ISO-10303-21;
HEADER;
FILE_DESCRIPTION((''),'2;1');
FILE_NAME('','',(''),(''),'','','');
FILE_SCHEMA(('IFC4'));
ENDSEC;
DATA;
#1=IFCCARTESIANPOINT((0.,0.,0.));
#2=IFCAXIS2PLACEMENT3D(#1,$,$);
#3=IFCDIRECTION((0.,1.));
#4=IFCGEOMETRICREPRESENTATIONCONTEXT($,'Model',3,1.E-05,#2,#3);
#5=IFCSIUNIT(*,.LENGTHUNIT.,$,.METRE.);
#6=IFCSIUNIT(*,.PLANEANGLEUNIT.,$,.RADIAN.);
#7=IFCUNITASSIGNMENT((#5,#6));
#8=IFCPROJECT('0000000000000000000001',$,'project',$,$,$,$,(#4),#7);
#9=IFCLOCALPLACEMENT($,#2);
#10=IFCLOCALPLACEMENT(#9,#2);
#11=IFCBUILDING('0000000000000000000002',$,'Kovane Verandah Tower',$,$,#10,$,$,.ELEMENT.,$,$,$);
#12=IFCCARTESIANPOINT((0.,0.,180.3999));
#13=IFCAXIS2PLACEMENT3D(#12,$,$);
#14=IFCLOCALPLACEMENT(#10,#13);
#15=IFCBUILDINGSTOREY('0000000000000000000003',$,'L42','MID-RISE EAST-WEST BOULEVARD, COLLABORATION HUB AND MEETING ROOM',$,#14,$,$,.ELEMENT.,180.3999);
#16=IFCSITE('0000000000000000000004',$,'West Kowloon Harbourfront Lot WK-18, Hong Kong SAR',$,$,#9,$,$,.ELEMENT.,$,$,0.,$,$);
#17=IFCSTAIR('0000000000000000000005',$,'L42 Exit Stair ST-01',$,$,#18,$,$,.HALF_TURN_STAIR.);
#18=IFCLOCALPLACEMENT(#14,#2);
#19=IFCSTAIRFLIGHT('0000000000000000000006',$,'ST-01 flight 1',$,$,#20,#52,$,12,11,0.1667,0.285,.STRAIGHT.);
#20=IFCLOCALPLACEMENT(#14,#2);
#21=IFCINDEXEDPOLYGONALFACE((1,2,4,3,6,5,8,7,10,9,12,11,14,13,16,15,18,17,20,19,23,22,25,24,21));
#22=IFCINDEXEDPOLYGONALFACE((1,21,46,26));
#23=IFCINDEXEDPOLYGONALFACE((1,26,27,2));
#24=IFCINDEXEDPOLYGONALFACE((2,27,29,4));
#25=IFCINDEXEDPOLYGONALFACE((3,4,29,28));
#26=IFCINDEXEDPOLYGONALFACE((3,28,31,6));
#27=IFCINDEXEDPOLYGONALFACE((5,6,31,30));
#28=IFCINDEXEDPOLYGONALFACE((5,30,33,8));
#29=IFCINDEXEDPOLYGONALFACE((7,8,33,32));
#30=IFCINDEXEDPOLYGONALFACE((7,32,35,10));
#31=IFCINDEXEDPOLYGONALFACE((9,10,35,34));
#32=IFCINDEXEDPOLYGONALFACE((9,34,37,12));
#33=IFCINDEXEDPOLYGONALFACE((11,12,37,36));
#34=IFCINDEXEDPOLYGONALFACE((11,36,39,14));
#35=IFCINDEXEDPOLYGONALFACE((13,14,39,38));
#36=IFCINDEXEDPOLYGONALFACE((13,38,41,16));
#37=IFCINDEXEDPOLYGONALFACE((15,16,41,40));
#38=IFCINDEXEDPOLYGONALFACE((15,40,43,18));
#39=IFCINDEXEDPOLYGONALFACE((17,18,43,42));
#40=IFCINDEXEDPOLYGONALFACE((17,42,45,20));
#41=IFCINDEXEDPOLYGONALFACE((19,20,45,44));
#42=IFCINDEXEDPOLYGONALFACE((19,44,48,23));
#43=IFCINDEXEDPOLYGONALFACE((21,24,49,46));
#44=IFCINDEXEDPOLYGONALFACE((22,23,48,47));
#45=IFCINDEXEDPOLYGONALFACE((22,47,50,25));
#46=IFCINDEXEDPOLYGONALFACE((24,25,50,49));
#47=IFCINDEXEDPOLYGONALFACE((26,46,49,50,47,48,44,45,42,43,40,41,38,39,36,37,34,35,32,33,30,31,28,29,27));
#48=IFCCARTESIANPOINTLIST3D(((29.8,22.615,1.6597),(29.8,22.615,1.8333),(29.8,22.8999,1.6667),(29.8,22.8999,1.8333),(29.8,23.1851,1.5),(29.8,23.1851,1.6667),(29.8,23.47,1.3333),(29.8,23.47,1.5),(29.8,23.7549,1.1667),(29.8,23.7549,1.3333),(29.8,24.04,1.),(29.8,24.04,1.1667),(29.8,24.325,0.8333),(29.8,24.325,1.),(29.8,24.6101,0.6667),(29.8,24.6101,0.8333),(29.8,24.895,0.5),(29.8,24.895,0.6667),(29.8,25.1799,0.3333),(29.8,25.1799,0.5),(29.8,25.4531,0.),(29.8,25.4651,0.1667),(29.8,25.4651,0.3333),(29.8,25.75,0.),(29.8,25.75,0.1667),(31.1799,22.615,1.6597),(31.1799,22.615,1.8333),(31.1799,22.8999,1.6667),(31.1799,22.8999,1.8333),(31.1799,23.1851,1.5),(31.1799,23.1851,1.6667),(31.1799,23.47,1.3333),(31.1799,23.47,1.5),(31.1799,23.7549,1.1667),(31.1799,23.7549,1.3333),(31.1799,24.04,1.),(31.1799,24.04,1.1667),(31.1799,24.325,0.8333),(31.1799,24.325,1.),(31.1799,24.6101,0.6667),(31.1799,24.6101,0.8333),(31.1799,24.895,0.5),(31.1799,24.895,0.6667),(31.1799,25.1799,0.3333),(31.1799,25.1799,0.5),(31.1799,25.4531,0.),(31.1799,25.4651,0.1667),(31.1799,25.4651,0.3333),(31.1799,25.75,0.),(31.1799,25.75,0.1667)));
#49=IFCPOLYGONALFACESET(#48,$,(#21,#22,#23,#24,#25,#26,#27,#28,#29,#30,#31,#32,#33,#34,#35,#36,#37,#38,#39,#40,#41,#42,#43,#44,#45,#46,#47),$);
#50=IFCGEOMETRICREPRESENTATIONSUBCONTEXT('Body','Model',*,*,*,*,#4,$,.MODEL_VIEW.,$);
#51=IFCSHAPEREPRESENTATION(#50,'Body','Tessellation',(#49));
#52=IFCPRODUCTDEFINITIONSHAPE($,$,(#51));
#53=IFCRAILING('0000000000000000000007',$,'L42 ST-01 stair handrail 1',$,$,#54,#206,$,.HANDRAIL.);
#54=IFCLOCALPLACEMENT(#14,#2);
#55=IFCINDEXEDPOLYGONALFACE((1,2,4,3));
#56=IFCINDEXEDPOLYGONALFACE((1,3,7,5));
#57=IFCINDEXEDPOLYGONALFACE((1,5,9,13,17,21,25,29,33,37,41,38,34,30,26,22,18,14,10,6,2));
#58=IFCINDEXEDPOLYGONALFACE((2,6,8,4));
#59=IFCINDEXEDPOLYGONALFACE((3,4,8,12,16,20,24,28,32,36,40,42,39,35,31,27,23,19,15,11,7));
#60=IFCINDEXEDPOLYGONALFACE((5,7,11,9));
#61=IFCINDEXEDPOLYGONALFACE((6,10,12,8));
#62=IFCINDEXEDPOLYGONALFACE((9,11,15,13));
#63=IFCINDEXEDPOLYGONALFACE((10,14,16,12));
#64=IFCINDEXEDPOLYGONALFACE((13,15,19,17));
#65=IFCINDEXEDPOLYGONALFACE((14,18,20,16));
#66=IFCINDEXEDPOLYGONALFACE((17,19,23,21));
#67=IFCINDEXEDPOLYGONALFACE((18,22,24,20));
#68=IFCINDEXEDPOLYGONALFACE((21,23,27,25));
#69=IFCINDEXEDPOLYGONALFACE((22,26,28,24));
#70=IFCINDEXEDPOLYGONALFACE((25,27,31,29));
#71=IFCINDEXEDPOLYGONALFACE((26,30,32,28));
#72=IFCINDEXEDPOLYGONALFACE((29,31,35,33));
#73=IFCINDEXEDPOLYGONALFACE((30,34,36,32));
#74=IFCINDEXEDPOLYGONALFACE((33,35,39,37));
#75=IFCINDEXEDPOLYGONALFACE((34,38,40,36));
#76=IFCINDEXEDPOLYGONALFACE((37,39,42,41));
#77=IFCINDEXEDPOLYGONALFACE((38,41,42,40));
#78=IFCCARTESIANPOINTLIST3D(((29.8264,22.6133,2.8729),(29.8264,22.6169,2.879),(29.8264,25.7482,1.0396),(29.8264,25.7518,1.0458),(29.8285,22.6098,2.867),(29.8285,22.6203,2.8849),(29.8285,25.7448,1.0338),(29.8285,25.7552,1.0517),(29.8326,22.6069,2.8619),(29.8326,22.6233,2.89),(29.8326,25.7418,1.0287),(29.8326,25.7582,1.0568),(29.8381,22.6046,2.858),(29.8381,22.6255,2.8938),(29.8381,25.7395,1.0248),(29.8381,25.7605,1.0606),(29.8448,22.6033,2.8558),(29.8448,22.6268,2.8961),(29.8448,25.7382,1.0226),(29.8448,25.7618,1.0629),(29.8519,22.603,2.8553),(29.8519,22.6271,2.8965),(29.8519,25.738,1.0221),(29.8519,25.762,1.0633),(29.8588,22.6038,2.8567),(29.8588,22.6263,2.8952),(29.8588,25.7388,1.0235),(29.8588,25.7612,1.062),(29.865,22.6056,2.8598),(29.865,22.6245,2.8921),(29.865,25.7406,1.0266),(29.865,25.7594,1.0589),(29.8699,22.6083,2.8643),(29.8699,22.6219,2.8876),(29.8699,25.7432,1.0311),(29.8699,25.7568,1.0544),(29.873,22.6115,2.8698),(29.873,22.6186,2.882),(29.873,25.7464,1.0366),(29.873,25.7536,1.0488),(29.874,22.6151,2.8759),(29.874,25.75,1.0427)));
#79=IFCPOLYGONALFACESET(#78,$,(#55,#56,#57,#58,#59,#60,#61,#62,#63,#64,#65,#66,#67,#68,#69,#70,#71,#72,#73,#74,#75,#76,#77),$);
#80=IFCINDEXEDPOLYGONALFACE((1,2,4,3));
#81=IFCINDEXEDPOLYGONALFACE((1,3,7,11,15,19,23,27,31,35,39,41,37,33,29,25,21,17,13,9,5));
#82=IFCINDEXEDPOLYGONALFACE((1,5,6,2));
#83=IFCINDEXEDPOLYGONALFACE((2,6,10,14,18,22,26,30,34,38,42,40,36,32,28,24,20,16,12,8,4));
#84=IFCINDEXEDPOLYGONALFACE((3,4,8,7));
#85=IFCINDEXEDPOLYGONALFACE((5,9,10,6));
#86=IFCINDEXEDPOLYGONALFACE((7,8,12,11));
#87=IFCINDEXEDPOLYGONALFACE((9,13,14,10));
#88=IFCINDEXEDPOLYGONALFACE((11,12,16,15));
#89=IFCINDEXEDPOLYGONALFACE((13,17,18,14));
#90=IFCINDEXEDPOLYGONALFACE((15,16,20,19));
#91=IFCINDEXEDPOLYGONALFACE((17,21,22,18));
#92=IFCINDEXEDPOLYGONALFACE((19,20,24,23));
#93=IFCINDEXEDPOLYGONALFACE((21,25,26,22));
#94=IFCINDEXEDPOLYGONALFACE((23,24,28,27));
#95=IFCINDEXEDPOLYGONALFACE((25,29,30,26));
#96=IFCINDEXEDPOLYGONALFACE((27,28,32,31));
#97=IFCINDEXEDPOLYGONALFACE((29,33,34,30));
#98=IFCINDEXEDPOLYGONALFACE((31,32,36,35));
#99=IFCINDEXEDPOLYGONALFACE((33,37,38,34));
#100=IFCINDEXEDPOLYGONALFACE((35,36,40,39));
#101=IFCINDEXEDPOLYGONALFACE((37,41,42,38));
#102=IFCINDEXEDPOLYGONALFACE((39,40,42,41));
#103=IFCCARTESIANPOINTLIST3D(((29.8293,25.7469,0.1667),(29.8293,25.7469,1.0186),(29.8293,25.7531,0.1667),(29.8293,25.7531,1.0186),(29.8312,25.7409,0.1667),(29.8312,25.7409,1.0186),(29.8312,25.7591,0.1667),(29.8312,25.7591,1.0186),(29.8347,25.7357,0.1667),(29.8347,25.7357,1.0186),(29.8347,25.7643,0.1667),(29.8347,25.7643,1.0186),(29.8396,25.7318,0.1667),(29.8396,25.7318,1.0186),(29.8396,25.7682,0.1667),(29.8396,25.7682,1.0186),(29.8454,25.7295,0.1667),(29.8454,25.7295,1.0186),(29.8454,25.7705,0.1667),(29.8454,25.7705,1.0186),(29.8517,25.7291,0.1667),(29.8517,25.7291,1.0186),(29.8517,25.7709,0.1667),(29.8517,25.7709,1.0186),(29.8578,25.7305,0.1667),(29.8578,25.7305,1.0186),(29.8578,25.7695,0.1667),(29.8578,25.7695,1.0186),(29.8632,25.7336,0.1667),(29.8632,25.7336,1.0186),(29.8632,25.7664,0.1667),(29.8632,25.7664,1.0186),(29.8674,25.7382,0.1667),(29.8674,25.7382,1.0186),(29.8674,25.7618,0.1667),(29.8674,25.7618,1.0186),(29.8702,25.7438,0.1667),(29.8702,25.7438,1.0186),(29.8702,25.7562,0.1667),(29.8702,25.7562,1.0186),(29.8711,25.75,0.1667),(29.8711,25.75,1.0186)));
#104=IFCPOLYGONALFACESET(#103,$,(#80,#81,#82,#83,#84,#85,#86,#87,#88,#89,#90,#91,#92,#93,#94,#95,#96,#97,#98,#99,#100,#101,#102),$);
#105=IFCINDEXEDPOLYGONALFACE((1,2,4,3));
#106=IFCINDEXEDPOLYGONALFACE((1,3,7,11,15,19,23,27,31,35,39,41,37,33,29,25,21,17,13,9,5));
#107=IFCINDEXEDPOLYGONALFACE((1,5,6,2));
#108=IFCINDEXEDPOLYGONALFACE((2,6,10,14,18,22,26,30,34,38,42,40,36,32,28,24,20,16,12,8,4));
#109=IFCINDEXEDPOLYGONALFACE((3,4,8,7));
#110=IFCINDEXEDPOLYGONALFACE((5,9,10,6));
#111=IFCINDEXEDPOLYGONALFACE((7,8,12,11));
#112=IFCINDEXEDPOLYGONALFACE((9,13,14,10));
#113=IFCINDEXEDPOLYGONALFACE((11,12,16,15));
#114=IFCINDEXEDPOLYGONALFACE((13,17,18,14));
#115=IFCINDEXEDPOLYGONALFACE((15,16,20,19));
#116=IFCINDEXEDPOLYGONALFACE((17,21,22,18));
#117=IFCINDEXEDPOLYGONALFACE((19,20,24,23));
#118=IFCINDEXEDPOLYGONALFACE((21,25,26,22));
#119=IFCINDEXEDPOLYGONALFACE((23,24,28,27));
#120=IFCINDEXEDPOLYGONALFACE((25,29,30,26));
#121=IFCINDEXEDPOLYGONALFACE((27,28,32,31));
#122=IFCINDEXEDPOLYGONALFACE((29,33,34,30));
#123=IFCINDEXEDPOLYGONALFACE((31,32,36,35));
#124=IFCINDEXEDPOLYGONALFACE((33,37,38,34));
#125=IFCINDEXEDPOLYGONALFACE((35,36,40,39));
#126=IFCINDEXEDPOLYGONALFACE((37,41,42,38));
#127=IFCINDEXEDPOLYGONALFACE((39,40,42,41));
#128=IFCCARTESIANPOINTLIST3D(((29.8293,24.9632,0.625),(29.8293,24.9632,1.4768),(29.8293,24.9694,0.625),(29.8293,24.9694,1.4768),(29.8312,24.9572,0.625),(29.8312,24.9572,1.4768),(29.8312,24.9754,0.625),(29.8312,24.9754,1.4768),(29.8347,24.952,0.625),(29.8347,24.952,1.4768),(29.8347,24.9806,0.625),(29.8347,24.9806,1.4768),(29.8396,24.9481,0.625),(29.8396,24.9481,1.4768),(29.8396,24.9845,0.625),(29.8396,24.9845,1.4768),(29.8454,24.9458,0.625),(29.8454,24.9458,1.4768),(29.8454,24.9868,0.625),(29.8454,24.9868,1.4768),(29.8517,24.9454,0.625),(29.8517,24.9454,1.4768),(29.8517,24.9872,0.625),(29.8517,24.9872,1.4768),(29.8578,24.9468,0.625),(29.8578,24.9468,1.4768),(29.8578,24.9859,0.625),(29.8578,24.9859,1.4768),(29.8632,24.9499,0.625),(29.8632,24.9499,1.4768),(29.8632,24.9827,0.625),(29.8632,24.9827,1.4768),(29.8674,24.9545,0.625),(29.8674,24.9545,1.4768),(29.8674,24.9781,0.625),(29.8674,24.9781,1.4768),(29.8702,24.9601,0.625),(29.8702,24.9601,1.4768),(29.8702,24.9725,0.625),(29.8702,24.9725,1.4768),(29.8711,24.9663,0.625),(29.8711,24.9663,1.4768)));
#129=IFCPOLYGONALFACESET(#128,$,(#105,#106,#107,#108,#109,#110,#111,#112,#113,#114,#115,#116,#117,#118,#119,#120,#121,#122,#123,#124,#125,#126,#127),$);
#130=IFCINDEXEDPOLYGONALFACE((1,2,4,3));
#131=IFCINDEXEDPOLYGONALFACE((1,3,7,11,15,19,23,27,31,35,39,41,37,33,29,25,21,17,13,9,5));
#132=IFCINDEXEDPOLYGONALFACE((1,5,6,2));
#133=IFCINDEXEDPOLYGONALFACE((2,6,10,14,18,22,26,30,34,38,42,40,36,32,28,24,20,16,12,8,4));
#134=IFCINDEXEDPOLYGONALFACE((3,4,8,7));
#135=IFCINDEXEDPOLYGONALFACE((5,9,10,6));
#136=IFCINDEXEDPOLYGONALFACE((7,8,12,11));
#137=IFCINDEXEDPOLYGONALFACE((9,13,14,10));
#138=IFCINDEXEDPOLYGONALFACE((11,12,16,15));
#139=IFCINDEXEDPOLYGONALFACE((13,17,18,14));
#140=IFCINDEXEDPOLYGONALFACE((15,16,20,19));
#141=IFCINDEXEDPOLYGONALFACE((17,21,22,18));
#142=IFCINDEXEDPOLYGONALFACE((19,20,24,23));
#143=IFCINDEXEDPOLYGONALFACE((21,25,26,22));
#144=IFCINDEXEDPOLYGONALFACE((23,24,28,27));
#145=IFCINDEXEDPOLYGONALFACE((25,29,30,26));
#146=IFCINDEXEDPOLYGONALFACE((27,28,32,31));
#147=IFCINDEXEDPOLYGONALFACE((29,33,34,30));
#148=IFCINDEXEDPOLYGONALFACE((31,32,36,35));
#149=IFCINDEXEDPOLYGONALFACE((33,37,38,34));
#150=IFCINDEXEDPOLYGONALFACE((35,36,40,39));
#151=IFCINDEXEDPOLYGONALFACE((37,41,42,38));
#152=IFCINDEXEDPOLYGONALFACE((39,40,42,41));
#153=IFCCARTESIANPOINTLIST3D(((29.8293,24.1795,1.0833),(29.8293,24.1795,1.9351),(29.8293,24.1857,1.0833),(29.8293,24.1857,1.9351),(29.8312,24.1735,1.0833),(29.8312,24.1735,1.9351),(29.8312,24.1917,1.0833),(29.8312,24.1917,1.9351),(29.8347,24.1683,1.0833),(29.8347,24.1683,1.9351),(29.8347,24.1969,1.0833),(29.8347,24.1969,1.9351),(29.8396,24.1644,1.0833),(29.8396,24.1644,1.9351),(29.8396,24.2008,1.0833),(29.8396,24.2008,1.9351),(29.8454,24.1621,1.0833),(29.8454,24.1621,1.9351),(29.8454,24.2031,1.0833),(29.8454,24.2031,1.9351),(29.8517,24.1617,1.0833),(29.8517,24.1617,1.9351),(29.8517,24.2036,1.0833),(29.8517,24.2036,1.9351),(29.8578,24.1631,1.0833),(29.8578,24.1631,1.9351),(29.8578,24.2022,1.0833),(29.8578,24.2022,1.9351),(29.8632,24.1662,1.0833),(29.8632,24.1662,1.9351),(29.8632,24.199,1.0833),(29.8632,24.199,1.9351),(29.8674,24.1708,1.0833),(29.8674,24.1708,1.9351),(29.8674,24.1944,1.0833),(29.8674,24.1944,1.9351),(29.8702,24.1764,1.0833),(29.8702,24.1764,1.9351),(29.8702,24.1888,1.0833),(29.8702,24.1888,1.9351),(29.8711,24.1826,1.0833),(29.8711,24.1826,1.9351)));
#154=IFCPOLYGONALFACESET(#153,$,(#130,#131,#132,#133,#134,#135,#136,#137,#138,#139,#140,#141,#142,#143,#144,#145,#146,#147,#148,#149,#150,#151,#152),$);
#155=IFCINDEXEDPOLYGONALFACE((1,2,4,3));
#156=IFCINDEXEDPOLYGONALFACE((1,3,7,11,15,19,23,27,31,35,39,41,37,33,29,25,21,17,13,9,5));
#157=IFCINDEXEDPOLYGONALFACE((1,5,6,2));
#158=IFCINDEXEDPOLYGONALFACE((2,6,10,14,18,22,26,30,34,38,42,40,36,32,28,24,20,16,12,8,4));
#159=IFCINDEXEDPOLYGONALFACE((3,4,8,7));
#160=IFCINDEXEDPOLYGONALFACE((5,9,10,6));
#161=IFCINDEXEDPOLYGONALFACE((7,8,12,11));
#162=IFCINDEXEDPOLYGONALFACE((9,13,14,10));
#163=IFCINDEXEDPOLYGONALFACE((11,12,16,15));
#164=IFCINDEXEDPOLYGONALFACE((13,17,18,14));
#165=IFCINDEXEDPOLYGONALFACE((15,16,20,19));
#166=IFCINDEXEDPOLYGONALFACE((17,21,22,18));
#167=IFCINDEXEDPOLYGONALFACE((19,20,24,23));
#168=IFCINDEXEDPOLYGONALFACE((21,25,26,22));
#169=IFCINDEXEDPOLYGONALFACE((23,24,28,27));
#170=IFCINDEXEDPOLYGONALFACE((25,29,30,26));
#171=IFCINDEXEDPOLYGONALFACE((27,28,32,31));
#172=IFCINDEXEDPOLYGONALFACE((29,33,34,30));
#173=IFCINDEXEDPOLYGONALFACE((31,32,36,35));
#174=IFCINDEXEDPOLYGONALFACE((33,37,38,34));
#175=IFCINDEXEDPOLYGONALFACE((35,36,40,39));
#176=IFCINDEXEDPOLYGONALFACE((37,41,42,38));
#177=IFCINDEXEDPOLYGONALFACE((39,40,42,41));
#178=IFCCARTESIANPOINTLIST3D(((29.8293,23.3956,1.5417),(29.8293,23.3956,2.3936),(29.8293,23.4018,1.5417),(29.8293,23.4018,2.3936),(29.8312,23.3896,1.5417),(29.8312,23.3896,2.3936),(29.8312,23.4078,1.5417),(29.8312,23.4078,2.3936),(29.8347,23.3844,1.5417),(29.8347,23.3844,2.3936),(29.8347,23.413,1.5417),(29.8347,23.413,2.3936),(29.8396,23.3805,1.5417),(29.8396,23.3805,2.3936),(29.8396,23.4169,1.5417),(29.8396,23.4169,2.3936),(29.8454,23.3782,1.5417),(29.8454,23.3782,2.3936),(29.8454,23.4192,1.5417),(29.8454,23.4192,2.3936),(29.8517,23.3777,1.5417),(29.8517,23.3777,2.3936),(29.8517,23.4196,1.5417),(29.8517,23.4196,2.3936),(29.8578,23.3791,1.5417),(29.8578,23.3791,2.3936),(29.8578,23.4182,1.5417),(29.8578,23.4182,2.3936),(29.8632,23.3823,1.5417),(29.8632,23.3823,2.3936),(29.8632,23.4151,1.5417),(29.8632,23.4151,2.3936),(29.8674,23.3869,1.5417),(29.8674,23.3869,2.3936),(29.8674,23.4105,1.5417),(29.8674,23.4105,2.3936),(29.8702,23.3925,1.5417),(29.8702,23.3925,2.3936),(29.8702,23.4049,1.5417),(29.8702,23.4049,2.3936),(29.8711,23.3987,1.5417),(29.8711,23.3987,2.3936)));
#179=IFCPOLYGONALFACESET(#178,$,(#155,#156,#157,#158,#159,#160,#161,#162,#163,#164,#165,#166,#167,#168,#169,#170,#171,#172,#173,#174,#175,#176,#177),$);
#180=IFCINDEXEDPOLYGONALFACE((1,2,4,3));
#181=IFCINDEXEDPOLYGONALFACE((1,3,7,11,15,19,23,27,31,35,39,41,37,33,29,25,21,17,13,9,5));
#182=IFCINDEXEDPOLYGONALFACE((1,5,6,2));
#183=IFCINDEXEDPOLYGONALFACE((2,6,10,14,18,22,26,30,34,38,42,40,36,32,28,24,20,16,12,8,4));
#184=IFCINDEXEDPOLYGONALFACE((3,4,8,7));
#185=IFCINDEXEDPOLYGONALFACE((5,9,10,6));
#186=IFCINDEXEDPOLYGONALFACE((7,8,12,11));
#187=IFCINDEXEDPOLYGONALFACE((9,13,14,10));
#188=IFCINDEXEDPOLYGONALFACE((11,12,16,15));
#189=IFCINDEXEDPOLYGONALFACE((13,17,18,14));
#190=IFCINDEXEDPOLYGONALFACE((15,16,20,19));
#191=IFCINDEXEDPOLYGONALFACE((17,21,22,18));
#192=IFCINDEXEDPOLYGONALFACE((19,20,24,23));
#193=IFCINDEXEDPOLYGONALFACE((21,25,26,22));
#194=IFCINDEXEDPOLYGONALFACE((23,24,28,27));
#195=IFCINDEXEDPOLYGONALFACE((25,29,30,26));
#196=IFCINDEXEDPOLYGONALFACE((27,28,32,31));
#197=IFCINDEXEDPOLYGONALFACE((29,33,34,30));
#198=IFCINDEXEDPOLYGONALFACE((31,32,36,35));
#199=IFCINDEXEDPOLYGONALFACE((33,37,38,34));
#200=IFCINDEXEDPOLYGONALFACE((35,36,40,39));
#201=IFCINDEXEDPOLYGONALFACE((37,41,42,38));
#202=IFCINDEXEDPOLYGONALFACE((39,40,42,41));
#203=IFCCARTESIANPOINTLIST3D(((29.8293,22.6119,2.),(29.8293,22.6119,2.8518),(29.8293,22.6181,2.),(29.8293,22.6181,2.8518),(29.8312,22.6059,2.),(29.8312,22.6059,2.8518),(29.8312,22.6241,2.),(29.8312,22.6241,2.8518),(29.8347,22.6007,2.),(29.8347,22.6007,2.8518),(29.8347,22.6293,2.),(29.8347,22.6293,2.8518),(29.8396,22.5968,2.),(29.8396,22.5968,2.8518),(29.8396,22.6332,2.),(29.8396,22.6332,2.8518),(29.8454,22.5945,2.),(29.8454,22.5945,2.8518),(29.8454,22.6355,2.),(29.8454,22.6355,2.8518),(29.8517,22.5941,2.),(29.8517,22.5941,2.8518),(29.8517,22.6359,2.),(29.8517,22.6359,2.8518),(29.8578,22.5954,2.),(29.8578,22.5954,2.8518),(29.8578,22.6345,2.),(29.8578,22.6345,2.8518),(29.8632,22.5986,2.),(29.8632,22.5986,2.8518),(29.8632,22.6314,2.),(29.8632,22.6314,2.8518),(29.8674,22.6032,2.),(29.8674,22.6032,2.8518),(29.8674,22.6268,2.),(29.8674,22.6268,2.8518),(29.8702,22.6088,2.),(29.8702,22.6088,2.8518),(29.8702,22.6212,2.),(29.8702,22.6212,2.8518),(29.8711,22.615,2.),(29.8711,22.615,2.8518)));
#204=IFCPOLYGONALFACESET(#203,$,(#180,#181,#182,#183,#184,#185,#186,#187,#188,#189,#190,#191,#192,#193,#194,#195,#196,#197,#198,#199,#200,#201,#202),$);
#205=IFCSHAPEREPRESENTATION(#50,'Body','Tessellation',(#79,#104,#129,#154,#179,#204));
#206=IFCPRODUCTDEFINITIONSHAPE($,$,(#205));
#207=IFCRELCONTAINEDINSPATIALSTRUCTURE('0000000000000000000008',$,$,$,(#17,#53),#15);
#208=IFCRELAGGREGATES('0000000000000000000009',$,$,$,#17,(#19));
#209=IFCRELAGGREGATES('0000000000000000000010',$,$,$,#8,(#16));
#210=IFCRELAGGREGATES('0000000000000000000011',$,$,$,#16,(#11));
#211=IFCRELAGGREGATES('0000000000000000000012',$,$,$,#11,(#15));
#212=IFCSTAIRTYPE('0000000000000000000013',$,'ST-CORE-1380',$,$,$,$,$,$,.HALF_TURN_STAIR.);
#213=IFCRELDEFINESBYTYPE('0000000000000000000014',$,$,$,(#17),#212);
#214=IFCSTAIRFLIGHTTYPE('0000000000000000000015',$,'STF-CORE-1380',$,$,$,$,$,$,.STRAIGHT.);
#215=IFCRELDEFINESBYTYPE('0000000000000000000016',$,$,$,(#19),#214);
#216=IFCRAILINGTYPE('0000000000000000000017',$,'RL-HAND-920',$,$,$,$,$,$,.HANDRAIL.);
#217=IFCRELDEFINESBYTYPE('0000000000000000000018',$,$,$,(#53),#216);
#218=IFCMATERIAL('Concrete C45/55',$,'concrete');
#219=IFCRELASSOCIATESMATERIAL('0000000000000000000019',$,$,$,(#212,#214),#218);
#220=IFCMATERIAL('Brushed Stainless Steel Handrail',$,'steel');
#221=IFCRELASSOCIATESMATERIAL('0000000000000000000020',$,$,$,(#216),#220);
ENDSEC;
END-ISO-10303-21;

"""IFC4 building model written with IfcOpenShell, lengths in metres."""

from ifc_helpers import new_model, si_unit, direction, frame, origin, origin_2d, place, context, subcontext, project, spatial, polyline, circle, outline, extrude, material, type_object, element, aggregate, save


model = new_model("IFC4")

# Units and contexts
model_context = context("Model", 3, precision=1e-05, world=origin(), true_north=direction((0.0, 1.0)))
body_context = subcontext(model_context, "Body", "Model", "MODEL_VIEW")
ifc_project = project(units=[si_unit("LENGTHUNIT", "METRE"), si_unit("PLANEANGLEUNIT", "RADIAN")], contexts=[model_context])

# Site, building, storey
site_placement = place(None, origin())
site = spatial("IfcSite", under=ifc_project, at=site_placement, Name="West Kowloon Harbourfront Lot WK-18, Hong Kong SAR", CompositionType="ELEMENT", RefElevation=0.0)
building_placement = place(site_placement, origin())
building = spatial("IfcBuilding", under=site, at=building_placement, Name="Kovane Verandah Tower", CompositionType="ELEMENT")
storey_placement = place(building_placement, frame((0.0, 0.0, 180.3999)))
storey = spatial("IfcBuildingStorey", under=building, at=storey_placement, Name="L42", Description="MID-RISE EAST-WEST BOULEVARD, COLLABORATION HUB AND MEETING ROOM", CompositionType="ELEMENT", Elevation=180.3999)

# Shared definitions
ifc_material_1 = material(Name="Concrete C45/55", Category="concrete")

# Stair, stair flight
stair_type = type_object("IfcStairType", Name="ST-CORE-1380", PredefinedType="HALF_TURN_STAIR", material=ifc_material_1)
stair_placement = place(storey_placement, origin())
stair = element("IfcStair", 1, at=stair_placement, inside=storey, type_object=stair_type, Name="L42 Exit Stair ST-01", PredefinedType="HALF_TURN_STAIR")
stair_flight_type = type_object("IfcStairFlightType", Name="STF-CORE-1380", PredefinedType="STRAIGHT", material=ifc_material_1)
stair_flight_placement = place(storey_placement, frame((30.49, 25.75, 0.0), z_axis=(0.0, 0.0, 1.0), x_axis=(0.0, -1.0, 0.0)))
stair_flight = element("IfcStairFlight", 2, at=stair_flight_placement, type_object=stair_flight_type, Name="ST-01 flight 1", NumberOfRisers=12, NumberOfTreads=11, PredefinedType="STRAIGHT", RiserHeight=0.1667, TreadLength=0.285, context=body_context, shape_type="SweptSolid", body=[
    extrude(outline(polyline([(0.0, 0.0), (0.0, 0.1667), (0.2849, 0.1667), (0.2849, 0.3333), (0.5701, 0.3333), (0.5701, 0.5), (0.855, 0.5), (0.855, 0.6667), (1.1399, 0.6667), (1.1399, 0.8333), (1.425, 0.8333), (1.425, 1.0), (1.71, 1.0), (1.71, 1.1667), (1.9951, 1.1667), (1.9951, 1.3333), (2.28, 1.3333), (2.28, 1.5), (2.5649, 1.5), (2.5649, 1.6667), (2.8501, 1.6667), (2.8501, 1.8333), (3.135, 1.8333), (3.135, 2.0), (3.135, 1.6597), (0.2969, 0.0), (0.0, 0.0)])), frame((0.0, 0.6899, 0.0), z_axis=(0.0, -1.0, 0.0), x_axis=(1.0, 0.0, 0.0)), (0.0, 0.0, 1.0), 1.3799),
])
aggregate(stair, [stair_flight])

# Railing
ifc_material_2 = material(Name="Brushed Stainless Steel Handrail", Category="steel")
railing_type_1 = type_object("IfcRailingType", Name="RL-HAND-920", PredefinedType="HANDRAIL", material=ifc_material_2)
railing_1_placement = place(storey_placement, frame((29.8501, 25.75, 0.1667)))
element("IfcRailing", 3, at=railing_1_placement, inside=storey, type_object=railing_type_1, Name="L42 ST-01 stair handrail 1", PredefinedType="HANDRAIL", context=body_context, shape_type="SweptSolid", body=[
    extrude(circle(Radius=0.0239, at=origin_2d()), frame((0.0, 0.0, 0.876), z_axis=(0.0, -0.86324, 0.504794), x_axis=(1.0, 0.0, 0.0)), (0.0, 0.0, 1.0), 3.6316),
    extrude(circle(Radius=0.021, at=origin_2d()), origin(), (0.0, 0.0, 1.0), 0.8518),
    extrude(circle(Radius=0.021, at=origin_2d()), frame((0.0, -0.7837, 0.4583)), (0.0, 0.0, 1.0), 0.8518),
    extrude(circle(Radius=0.021, at=origin_2d()), frame((0.0, -1.5674, 0.9165)), (0.0, 0.0, 1.0), 0.8518),
    extrude(circle(Radius=0.021, at=origin_2d()), frame((0.0, -2.3513, 1.375)), (0.0, 0.0, 1.0), 0.8518),
    extrude(circle(Radius=0.021, at=origin_2d()), frame((0.0, -3.135, 1.8333)), (0.0, 0.0, 1.0), 0.8518),
])

save(model, "model.ifc")
